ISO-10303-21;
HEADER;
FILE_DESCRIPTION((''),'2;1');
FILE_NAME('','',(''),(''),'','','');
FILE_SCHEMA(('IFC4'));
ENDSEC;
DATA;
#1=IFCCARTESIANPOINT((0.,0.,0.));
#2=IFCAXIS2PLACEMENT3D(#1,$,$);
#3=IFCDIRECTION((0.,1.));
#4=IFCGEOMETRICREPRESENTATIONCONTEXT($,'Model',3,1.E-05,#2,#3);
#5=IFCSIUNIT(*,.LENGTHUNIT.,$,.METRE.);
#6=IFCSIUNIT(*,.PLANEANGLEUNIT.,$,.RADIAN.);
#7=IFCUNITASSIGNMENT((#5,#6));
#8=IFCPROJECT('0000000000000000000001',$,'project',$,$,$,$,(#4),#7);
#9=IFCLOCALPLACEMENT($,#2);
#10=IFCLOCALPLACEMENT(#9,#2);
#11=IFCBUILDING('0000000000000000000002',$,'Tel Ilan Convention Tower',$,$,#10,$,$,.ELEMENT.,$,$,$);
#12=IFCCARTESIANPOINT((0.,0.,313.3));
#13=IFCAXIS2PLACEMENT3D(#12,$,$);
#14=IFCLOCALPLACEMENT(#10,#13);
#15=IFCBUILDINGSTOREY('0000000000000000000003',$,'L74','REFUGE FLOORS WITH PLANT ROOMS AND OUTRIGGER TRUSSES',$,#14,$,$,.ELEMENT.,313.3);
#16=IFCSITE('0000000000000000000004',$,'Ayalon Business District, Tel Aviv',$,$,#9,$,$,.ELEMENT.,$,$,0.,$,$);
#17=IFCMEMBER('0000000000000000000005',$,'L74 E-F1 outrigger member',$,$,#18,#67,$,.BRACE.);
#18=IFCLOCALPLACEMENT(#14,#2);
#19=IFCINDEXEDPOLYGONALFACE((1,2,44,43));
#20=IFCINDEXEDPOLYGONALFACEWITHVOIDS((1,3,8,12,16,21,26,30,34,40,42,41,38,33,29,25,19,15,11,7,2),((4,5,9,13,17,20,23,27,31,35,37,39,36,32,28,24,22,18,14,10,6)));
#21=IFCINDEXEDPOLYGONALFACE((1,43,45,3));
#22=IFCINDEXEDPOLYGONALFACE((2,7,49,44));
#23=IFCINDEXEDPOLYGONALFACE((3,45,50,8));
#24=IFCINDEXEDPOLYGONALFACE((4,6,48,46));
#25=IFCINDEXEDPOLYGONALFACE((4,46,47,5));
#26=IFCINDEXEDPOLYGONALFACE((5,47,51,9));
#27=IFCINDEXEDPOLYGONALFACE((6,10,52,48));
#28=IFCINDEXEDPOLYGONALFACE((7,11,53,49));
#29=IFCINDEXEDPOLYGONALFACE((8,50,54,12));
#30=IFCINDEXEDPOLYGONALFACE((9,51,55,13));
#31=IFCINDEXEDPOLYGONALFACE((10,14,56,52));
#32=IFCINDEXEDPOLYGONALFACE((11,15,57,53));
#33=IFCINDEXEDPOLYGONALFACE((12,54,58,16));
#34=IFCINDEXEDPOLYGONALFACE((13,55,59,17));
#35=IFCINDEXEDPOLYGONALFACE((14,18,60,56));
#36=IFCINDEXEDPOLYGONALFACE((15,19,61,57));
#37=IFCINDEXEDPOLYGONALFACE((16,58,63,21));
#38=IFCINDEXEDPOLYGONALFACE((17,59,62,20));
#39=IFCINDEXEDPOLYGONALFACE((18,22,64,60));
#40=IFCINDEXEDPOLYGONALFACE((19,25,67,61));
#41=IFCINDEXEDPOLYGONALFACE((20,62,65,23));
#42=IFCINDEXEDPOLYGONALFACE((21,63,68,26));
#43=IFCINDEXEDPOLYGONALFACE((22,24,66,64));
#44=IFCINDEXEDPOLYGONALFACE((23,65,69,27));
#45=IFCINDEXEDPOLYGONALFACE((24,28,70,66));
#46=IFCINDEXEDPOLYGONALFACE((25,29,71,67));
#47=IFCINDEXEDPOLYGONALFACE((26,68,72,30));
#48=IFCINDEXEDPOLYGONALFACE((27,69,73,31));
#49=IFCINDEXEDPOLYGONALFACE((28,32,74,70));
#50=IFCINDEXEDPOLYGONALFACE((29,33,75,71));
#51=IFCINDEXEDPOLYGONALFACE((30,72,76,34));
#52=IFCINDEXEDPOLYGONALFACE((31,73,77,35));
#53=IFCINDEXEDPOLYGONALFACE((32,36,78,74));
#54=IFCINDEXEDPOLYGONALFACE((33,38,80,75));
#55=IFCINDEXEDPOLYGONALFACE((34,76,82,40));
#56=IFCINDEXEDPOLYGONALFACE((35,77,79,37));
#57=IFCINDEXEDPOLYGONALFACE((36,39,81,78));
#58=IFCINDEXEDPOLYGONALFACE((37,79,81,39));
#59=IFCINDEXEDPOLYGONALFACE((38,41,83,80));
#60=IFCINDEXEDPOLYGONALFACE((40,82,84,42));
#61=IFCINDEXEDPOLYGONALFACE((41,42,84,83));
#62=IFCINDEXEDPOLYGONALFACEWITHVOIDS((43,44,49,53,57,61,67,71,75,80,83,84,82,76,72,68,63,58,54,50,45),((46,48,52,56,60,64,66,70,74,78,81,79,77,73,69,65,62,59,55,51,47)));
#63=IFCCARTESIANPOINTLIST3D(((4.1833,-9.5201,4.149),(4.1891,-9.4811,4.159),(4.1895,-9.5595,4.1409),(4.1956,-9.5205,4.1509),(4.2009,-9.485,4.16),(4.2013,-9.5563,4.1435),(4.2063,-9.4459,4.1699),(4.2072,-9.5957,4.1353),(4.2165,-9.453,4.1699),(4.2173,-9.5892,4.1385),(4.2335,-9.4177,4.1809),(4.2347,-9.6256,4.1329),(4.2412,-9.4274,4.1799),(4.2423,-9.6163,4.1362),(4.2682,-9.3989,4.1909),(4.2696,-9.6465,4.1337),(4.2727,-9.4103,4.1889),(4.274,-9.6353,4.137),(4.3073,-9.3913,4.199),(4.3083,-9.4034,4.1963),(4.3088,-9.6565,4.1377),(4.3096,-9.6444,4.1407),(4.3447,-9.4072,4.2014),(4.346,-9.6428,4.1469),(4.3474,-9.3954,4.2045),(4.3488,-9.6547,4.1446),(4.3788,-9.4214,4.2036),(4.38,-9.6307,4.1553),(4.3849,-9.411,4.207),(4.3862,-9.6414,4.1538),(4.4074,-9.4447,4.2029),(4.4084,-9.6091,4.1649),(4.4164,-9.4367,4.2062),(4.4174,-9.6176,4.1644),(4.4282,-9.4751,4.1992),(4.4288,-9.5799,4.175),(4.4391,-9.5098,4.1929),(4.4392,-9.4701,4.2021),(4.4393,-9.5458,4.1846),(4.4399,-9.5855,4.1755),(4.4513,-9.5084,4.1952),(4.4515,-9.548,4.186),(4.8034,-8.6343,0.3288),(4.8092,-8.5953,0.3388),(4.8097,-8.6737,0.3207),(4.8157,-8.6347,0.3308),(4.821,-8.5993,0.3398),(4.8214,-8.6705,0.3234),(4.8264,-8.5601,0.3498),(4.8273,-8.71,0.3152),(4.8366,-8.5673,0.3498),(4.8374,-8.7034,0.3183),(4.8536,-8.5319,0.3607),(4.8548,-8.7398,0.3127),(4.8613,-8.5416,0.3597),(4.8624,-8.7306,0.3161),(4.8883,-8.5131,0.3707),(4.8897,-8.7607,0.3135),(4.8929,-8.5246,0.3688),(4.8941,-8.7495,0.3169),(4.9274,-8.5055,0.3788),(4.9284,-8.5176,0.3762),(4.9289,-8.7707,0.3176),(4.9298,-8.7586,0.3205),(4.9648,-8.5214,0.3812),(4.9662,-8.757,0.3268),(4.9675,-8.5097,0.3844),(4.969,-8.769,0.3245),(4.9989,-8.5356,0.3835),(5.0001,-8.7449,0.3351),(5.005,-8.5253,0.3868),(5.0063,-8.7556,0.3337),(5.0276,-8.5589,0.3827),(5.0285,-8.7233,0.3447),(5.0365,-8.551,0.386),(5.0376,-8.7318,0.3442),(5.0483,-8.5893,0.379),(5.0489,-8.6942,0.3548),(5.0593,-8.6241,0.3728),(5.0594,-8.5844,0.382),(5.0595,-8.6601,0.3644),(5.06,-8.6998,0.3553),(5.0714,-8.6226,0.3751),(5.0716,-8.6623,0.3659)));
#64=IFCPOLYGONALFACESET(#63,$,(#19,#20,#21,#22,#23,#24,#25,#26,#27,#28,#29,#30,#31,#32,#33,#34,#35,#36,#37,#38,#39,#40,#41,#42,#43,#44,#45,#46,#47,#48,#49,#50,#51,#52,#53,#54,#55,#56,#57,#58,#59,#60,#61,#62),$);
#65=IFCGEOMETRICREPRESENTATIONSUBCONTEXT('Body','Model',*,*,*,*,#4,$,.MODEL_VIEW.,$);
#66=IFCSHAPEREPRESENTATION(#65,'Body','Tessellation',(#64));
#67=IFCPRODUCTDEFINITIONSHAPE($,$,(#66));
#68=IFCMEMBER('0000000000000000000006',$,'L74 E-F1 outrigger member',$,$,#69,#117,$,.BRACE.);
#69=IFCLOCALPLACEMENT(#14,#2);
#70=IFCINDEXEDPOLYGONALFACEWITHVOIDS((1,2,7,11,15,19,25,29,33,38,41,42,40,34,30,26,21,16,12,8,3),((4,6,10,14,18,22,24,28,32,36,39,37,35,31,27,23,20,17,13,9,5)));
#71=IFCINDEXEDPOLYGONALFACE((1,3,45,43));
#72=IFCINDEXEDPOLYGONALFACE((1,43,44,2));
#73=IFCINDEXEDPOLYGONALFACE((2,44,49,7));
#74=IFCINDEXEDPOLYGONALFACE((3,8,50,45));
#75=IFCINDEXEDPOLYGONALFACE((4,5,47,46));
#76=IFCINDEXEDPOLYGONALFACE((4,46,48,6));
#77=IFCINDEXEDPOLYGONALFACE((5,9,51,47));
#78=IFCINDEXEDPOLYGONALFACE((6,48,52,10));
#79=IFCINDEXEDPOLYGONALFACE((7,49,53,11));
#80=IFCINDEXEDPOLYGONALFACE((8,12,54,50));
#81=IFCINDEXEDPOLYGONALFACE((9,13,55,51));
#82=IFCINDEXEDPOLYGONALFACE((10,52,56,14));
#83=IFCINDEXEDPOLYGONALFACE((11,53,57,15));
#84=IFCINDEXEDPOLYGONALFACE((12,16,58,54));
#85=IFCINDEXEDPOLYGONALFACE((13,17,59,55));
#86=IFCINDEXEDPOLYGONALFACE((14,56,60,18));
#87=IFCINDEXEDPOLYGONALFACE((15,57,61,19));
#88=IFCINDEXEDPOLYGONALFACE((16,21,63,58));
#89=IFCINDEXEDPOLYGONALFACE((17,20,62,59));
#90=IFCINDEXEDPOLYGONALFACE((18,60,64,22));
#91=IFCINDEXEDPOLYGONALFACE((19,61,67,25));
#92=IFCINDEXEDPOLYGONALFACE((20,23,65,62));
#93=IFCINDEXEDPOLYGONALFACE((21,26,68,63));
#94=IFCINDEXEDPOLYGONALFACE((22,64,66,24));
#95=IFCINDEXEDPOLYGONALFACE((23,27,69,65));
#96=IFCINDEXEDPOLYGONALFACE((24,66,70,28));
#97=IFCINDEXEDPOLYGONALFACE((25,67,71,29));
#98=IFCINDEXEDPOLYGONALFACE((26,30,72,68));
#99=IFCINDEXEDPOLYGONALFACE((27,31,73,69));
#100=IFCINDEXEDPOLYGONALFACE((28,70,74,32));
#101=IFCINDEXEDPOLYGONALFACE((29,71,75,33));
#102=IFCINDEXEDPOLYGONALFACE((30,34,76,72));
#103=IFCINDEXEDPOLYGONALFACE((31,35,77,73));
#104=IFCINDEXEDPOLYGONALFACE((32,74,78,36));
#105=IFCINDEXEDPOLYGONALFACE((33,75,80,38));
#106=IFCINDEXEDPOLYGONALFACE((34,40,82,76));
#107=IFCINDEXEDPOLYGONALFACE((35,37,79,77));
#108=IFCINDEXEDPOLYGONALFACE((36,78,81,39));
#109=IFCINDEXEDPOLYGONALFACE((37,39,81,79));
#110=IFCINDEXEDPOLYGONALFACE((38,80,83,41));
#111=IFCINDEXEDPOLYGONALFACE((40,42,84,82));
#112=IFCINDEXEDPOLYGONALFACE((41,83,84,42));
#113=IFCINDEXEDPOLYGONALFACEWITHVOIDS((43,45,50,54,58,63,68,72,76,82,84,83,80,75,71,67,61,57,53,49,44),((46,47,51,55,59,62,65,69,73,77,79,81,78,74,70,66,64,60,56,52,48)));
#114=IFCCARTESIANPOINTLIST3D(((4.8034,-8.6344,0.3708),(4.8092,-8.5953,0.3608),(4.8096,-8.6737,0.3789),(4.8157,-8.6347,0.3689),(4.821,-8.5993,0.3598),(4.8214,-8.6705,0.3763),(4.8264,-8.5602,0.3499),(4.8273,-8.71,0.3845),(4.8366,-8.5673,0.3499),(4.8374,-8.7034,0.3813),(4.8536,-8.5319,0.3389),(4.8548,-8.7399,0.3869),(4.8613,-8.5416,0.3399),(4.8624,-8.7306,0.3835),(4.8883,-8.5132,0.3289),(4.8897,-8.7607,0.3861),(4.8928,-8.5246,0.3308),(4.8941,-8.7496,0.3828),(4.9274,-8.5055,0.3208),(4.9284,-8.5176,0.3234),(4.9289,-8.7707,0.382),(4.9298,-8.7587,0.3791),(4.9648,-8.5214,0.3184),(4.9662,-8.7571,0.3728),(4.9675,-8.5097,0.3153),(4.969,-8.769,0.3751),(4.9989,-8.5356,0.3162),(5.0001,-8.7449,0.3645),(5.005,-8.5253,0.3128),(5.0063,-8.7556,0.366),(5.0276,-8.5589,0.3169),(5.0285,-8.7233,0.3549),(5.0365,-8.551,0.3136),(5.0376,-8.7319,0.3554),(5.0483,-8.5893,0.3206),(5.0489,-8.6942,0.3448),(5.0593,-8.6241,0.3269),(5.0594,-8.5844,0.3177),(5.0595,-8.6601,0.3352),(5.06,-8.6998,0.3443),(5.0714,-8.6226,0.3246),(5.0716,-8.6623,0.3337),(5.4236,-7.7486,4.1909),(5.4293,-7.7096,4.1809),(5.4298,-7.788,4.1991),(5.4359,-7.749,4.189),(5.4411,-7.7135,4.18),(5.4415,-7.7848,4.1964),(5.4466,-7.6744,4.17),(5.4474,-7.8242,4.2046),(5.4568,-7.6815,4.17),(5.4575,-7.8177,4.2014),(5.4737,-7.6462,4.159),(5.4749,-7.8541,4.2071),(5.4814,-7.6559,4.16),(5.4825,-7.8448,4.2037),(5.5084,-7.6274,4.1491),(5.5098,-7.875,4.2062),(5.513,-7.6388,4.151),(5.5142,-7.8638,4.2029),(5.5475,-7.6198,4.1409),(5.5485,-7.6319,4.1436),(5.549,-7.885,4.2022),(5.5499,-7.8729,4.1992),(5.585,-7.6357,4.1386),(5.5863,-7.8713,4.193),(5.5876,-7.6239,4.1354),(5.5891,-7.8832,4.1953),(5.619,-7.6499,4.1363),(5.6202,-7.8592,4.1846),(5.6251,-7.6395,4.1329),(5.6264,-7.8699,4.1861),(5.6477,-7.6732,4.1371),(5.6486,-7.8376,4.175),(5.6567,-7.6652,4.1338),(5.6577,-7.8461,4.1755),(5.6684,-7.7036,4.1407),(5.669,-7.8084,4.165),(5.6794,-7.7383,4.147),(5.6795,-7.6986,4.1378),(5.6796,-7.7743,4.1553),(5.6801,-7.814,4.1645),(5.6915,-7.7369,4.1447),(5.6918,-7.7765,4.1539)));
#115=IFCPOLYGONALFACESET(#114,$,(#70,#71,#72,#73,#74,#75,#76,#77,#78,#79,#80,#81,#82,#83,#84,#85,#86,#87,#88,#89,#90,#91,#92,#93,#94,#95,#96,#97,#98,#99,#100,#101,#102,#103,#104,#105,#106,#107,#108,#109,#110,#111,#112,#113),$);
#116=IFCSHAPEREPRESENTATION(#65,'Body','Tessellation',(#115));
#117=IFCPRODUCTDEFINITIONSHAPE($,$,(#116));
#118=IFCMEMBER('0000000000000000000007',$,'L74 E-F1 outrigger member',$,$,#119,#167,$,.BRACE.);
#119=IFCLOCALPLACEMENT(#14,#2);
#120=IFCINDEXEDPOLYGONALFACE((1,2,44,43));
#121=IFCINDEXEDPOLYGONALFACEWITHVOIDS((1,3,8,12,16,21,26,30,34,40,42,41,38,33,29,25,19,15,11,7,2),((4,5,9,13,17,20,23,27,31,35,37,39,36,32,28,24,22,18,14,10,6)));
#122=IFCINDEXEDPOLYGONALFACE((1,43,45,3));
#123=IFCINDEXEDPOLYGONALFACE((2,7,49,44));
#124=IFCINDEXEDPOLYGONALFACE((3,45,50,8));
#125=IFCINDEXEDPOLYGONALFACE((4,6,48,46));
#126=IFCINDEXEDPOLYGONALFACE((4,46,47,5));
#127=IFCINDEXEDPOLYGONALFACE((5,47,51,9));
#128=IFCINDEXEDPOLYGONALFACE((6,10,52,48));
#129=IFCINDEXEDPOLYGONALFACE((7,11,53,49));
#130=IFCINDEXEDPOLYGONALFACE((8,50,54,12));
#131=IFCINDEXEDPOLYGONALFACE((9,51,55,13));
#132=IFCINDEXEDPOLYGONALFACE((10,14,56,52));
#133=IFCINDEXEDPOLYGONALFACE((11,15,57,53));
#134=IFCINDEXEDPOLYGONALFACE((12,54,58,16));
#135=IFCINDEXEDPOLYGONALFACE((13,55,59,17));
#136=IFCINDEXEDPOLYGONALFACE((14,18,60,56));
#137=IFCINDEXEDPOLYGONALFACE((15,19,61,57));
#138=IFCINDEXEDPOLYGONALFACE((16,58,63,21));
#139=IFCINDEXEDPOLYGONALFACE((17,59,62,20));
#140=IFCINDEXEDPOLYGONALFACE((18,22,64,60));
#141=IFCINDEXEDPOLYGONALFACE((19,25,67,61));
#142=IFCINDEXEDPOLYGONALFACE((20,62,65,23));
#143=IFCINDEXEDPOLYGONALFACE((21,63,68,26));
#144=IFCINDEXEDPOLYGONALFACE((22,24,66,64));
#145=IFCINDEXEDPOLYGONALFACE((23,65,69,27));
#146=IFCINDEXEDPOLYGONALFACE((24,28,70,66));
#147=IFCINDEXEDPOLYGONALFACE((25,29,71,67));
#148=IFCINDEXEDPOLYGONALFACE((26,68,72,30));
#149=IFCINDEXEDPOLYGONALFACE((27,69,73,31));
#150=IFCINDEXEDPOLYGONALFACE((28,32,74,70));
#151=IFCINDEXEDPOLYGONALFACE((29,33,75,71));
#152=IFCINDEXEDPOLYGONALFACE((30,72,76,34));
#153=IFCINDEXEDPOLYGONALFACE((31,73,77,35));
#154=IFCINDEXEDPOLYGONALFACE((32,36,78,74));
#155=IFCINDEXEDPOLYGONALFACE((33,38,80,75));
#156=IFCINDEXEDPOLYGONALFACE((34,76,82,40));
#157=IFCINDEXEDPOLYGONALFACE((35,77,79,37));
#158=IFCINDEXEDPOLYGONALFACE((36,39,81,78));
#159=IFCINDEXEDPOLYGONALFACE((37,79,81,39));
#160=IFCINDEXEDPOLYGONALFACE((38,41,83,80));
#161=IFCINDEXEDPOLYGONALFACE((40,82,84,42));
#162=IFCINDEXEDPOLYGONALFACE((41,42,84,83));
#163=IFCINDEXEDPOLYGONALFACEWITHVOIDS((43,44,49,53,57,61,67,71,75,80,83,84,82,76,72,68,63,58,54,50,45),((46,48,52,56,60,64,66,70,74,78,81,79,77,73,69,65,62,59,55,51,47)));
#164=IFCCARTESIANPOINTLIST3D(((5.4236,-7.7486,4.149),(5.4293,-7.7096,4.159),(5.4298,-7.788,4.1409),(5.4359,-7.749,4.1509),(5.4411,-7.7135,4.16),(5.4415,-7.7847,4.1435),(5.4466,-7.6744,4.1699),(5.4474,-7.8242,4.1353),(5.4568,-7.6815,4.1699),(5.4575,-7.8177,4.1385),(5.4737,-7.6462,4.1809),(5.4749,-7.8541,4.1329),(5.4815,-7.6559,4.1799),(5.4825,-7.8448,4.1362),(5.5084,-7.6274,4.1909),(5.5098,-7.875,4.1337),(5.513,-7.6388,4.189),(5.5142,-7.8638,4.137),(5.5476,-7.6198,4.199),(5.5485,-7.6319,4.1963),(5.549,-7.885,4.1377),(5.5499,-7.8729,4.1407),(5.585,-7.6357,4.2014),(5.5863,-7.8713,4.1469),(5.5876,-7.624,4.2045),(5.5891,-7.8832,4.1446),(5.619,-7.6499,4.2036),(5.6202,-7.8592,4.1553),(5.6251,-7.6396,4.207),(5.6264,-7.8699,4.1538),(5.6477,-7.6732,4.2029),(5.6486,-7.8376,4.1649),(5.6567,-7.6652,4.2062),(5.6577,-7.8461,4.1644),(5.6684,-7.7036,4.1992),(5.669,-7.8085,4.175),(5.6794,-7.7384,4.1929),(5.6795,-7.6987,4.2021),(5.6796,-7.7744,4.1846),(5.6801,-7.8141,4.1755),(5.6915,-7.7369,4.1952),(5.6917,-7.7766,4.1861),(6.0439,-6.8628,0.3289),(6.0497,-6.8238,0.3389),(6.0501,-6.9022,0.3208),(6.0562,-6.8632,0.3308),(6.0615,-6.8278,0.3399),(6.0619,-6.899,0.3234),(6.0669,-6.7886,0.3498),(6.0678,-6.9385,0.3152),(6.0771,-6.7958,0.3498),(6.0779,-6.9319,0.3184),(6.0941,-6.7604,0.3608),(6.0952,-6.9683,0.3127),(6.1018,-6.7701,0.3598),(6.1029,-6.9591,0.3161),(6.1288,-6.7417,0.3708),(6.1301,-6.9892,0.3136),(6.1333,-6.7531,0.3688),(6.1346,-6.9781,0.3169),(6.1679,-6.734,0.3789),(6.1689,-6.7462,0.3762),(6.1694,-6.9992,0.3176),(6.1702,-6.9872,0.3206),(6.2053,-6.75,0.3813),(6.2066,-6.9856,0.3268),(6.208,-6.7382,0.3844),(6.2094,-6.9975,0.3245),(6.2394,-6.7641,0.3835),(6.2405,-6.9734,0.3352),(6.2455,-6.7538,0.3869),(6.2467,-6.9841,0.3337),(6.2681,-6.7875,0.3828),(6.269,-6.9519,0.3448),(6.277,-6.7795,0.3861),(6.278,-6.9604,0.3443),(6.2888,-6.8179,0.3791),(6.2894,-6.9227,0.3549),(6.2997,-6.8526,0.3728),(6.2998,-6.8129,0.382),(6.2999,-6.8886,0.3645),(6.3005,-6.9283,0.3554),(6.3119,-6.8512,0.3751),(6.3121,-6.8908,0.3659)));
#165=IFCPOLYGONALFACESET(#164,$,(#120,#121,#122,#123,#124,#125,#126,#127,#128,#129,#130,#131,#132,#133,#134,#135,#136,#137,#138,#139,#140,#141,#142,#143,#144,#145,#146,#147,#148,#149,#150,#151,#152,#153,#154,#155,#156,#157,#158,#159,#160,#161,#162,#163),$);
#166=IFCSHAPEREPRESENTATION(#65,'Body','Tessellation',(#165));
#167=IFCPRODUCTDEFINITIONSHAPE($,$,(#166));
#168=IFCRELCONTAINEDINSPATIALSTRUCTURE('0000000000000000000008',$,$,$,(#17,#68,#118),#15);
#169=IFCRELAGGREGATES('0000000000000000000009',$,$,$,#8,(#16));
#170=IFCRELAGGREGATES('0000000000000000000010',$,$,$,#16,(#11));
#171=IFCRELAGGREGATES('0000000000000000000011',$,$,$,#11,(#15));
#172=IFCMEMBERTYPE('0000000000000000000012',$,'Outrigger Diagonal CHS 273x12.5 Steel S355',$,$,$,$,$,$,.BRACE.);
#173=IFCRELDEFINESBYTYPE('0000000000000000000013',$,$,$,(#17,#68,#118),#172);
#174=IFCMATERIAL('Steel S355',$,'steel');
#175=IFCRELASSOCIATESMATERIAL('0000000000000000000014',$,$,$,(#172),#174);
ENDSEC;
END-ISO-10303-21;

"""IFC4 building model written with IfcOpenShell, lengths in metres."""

from ifc_helpers import new_model, si_unit, direction, frame, origin, origin_2d, place, context, subcontext, project, spatial, hollow_circle, extrude, material, material_profile, profile_set, type_object, element, save


model = new_model("IFC4")

# Units and contexts
model_context = context("Model", 3, precision=1e-05, world=origin(), true_north=direction((0.0, 1.0)))
body_context = subcontext(model_context, "Body", "Model", "MODEL_VIEW")
ifc_project = project(units=[si_unit("LENGTHUNIT", "METRE"), si_unit("PLANEANGLEUNIT", "RADIAN")], contexts=[model_context])

# Site, building, storey
site_placement = place(None, origin())
site = spatial("IfcSite", under=ifc_project, at=site_placement, Name="Ayalon Business District, Tel Aviv", CompositionType="ELEMENT", RefElevation=0.0)
building_placement = place(site_placement, origin())
building = spatial("IfcBuilding", under=site, at=building_placement, Name="Tel Ilan Convention Tower", CompositionType="ELEMENT")
storey_placement = place(building_placement, frame((0.0, 0.0, 313.3)))
storey = spatial("IfcBuildingStorey", under=building, at=storey_placement, Name="L74", Description="REFUGE FLOORS WITH PLANT ROOMS AND OUTRIGGER TRUSSES", CompositionType="ELEMENT", Elevation=313.3)

# Members
ifc_material_1 = material(Name="Steel S355", Category="steel")
ifc_material_profile_1 = material_profile(ifc_material_1, hollow_circle(Radius=0.1365, WallThickness=0.0125, at=origin_2d()), Name="CHS 273x12.5")
ifc_profile_set_1 = profile_set([ifc_material_profile_1], Name="Steel S355")
member_type_1 = type_object("IfcMemberType", Name="Outrigger Diagonal CHS 273x12.5 Steel S355", PredefinedType="BRACE", material=ifc_profile_set_1)
for number, where, z_axis, x_axis, name in (
    (1, (4.3181, -9.5242, 4.1699), (0.156195, 0.223101, -0.9622), (-0.819189, 0.573523, 0.0), "L74 E-F1 outrigger member"),
    (2, (4.9382, -8.6384, 0.3499), (0.156195, 0.223101, 0.9622), (-0.819189, 0.573523, 0.0), "L74 E-F1 outrigger member"),
    (3, (5.5583, -7.7527, 4.1699), (0.156255, 0.223099, -0.962191), (-0.819083, 0.573674, 0.0), "L74 E-F1 outrigger member"),
):
    element("IfcMember", number, at=place(storey_placement, frame(where, z_axis=z_axis, x_axis=x_axis)), inside=storey, type_object=member_type_1, Name=name, PredefinedType="BRACE", context=body_context, shape_type="SweptSolid", body=[
        extrude(hollow_circle(Radius=0.1365, WallThickness=0.0125, at=origin_2d()), origin(), (0.0, 0.0, 1.0), 3.9702),
    ])

save(model, "model.ifc")
